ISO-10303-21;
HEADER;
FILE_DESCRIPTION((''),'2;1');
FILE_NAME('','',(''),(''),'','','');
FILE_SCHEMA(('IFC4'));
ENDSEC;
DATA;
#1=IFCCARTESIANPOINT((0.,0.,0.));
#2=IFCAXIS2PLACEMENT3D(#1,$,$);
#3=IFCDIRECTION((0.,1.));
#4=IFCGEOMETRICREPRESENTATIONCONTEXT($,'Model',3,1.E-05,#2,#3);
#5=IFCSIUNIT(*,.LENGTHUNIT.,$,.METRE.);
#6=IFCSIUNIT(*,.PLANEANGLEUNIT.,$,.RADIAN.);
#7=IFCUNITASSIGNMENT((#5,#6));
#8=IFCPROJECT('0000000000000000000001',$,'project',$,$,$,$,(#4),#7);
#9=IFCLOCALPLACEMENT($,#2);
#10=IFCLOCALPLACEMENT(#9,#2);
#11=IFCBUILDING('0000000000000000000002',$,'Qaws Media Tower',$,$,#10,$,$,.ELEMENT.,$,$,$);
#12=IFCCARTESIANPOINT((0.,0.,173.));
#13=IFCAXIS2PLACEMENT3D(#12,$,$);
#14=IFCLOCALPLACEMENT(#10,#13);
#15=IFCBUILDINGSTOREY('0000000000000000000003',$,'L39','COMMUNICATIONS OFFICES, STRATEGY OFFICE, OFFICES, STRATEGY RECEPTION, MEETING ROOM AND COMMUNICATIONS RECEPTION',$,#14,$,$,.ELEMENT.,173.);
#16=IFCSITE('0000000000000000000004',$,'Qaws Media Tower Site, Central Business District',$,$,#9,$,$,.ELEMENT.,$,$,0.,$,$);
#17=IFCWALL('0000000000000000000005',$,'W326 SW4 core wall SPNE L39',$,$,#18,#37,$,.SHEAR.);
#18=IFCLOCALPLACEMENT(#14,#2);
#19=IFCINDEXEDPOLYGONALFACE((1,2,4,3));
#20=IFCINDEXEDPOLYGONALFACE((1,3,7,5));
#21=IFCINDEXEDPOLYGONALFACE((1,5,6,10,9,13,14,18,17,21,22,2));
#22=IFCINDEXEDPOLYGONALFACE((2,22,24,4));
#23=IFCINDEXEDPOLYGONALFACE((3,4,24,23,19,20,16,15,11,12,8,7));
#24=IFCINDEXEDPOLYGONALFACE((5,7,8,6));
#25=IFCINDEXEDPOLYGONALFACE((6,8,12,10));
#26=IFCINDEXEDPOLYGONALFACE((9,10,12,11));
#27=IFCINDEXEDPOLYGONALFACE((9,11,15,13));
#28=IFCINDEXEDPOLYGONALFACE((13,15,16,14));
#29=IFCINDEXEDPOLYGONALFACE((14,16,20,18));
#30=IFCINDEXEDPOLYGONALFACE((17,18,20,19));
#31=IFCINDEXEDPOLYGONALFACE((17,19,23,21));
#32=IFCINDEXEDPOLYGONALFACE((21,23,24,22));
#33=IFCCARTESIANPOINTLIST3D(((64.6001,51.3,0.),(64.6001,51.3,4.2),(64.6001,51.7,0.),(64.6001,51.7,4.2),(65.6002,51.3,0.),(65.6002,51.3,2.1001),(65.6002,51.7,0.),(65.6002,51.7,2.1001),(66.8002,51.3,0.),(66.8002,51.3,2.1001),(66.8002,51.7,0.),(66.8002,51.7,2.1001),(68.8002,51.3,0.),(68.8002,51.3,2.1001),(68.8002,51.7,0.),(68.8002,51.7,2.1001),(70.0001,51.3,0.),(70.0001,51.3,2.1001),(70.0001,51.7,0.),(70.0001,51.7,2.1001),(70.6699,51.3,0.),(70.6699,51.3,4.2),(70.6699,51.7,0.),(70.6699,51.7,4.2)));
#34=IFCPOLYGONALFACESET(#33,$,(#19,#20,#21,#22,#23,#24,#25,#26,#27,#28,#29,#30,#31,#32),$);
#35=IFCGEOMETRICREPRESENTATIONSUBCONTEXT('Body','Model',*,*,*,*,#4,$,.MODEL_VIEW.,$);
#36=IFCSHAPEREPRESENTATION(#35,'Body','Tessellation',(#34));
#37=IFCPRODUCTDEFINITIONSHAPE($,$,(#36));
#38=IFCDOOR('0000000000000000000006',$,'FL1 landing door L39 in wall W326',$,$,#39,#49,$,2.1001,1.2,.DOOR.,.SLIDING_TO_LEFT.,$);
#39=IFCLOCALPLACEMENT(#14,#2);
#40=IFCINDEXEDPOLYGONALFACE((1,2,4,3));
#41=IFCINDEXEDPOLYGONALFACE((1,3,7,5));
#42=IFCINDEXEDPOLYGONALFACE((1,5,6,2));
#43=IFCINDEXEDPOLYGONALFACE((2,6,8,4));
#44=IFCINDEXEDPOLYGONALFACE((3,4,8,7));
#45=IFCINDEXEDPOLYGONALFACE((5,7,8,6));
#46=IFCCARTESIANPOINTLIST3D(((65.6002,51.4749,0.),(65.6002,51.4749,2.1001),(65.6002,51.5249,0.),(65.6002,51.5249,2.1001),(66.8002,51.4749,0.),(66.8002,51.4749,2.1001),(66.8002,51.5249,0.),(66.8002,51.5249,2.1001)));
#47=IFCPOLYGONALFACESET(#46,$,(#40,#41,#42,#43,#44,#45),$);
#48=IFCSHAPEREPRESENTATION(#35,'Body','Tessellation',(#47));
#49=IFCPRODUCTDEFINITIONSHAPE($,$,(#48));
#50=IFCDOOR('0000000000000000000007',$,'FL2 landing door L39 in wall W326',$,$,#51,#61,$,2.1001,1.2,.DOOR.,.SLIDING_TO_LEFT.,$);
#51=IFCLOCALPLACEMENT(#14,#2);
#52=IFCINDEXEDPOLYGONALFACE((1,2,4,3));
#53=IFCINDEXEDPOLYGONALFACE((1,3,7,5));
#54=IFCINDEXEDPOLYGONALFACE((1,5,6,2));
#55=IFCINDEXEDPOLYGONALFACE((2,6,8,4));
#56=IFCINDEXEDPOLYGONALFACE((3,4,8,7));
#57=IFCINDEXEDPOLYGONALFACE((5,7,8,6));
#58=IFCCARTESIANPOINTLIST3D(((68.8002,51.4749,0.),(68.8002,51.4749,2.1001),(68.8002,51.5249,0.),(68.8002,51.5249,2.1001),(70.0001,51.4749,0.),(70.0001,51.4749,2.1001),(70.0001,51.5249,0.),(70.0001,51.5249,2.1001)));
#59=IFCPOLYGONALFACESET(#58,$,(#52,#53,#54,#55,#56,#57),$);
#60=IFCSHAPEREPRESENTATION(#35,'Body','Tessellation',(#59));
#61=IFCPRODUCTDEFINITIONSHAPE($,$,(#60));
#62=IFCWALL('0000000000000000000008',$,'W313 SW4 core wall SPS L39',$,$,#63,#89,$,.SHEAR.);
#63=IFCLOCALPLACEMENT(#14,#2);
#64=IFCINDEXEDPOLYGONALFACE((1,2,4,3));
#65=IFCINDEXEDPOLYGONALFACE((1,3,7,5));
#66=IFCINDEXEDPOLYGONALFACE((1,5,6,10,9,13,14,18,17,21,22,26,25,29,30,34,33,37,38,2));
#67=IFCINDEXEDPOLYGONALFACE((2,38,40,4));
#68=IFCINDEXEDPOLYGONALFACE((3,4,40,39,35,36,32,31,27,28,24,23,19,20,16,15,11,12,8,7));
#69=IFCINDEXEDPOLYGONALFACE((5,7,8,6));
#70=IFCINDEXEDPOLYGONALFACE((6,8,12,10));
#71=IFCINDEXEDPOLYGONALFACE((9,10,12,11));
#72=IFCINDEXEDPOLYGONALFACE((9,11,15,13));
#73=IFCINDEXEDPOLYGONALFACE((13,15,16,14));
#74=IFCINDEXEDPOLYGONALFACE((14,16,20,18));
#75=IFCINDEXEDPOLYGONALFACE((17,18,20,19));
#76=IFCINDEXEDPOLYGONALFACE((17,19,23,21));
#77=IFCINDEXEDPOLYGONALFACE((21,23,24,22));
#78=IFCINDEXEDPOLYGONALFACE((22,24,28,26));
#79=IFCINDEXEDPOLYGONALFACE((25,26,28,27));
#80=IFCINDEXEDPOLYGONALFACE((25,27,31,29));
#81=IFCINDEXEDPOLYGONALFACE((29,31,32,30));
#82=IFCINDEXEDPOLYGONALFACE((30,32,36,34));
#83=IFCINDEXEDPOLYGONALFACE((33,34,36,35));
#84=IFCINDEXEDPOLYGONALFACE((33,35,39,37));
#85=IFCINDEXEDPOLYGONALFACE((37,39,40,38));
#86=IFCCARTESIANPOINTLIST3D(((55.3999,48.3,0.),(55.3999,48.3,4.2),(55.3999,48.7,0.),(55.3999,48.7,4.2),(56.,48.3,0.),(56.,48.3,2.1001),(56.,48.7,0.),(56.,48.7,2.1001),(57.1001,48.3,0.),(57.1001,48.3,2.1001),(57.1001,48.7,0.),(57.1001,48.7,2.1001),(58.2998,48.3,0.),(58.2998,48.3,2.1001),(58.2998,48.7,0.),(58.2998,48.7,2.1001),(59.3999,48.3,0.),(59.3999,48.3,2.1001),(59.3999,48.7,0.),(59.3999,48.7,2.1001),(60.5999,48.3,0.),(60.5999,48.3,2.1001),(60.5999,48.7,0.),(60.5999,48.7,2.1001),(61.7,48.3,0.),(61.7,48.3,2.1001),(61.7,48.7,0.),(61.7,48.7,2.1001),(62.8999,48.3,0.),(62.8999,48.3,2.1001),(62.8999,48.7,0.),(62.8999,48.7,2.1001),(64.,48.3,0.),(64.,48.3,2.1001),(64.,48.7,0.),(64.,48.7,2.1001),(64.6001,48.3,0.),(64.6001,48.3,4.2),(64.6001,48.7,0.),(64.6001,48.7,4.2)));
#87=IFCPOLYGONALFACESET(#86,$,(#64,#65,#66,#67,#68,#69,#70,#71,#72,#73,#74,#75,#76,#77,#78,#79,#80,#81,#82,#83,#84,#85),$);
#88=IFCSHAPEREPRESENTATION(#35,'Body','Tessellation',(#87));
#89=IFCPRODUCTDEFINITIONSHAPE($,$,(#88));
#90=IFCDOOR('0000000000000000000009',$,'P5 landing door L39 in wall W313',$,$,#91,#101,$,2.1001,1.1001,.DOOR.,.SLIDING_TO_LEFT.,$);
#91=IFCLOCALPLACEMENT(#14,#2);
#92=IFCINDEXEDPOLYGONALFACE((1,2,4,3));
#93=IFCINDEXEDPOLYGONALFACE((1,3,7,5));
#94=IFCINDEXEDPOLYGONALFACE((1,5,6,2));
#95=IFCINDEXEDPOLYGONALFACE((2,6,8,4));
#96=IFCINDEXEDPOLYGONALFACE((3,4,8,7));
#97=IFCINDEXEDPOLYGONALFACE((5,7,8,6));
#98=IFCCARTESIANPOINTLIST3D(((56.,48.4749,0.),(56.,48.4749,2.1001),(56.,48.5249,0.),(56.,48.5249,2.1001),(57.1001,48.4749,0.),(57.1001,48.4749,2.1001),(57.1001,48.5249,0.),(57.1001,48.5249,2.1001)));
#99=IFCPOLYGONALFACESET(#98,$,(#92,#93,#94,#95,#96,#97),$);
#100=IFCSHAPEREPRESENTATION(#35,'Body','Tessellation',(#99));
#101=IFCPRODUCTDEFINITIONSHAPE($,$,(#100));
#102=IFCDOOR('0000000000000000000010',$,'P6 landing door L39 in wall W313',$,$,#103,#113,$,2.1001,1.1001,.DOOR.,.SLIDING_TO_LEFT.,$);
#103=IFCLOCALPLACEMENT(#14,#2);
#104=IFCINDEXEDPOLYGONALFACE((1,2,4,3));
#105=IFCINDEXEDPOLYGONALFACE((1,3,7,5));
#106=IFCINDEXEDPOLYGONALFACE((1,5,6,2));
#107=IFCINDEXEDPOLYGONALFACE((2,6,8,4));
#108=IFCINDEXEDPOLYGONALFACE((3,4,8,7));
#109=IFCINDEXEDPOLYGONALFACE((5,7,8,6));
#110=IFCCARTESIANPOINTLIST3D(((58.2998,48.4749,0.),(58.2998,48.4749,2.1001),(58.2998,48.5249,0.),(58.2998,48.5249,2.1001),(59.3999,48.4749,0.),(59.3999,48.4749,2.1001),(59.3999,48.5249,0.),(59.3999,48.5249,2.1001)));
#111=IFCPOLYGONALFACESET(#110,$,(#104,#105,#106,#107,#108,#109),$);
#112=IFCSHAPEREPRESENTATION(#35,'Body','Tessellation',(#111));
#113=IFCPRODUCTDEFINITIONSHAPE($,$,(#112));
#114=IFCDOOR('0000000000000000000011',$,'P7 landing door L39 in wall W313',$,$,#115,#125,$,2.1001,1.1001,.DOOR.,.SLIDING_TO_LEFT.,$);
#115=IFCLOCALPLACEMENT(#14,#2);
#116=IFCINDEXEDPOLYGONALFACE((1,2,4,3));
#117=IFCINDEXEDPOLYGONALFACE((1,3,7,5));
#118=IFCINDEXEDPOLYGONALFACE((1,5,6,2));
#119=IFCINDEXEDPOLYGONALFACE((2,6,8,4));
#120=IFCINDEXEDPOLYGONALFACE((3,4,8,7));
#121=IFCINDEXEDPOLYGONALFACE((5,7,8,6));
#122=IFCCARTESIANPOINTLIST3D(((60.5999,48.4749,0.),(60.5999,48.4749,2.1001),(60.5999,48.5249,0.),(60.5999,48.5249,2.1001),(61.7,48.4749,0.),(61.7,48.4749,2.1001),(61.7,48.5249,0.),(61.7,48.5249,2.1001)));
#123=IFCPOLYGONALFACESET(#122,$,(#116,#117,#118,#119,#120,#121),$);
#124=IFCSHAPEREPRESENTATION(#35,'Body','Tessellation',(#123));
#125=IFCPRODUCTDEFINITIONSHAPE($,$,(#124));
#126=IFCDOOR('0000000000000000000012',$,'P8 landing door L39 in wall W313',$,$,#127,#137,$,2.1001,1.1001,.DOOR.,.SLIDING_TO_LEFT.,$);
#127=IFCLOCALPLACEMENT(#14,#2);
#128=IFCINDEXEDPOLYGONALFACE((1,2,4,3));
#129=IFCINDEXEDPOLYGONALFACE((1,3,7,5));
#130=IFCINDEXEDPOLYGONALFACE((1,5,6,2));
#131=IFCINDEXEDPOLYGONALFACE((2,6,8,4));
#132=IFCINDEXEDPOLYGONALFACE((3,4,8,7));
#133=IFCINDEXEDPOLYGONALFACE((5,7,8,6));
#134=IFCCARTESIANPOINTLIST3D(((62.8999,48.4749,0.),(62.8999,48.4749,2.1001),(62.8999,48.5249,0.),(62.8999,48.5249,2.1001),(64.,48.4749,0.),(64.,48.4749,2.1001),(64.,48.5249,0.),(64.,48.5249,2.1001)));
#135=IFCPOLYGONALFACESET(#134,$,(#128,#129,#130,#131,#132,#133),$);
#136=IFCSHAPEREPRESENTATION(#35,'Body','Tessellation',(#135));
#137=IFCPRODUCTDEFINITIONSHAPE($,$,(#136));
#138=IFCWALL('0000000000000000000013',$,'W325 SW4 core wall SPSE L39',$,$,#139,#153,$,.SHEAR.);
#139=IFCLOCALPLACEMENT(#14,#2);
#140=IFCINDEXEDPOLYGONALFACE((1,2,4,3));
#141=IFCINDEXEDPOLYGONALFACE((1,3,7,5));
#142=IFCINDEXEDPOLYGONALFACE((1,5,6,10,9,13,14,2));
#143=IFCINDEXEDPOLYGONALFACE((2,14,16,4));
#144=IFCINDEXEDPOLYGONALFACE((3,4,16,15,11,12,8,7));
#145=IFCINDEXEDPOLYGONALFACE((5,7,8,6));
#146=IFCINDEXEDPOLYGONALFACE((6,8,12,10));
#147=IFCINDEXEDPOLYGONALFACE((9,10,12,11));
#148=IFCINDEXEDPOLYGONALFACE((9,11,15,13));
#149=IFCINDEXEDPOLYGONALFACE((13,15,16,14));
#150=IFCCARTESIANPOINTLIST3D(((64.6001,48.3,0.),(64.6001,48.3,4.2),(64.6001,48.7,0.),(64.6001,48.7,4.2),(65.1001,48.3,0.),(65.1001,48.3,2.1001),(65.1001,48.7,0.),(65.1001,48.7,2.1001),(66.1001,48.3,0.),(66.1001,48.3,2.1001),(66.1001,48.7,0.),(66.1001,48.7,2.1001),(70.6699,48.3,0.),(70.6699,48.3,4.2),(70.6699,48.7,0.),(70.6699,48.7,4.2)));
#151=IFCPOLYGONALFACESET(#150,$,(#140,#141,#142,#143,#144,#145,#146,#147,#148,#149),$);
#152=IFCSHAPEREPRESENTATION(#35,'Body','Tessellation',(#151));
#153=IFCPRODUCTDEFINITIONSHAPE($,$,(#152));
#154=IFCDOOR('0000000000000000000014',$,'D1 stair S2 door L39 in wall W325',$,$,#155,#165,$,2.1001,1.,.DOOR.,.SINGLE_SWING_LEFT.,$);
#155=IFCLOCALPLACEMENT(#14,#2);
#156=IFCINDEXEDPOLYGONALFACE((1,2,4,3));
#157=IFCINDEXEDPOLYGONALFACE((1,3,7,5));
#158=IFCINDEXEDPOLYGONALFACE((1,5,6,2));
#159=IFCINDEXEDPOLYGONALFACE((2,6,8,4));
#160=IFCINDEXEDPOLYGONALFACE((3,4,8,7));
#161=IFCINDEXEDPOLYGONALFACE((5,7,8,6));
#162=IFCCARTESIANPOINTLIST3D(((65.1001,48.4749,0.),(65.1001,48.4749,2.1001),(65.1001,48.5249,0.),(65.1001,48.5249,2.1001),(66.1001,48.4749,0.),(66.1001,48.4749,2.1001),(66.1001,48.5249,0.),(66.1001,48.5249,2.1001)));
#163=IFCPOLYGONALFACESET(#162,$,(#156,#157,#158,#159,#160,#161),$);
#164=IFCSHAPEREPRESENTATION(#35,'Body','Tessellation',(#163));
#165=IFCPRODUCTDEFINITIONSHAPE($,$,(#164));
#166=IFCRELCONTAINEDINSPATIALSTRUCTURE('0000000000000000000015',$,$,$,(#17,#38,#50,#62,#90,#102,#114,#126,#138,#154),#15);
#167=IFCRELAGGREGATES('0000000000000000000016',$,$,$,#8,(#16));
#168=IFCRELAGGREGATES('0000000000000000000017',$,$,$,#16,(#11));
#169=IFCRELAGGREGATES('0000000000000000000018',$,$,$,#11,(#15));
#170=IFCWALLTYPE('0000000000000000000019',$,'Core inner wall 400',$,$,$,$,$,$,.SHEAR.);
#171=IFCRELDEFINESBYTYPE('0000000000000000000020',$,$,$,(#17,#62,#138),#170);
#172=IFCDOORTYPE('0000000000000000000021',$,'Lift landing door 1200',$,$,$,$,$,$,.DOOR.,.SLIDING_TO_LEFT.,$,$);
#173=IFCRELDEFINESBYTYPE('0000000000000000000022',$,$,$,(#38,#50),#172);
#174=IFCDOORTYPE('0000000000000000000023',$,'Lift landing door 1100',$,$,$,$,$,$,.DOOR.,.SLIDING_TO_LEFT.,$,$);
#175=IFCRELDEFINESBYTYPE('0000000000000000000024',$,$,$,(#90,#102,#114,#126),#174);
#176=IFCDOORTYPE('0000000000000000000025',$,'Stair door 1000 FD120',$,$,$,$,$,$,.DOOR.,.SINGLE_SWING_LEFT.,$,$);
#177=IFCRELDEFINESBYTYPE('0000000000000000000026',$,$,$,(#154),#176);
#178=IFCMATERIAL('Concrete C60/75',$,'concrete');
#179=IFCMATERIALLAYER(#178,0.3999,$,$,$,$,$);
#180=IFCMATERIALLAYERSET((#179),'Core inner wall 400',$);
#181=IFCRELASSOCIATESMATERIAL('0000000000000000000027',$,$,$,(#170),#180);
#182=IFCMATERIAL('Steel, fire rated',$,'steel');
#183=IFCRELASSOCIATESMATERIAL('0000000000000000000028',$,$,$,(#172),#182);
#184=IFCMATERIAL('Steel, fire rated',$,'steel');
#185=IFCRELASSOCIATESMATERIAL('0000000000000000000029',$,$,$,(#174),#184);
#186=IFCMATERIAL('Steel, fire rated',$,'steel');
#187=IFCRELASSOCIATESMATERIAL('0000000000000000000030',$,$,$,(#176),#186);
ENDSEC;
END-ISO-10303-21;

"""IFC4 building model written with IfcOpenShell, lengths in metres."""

from ifc_helpers import new_model, si_unit, direction, frame, frame_2d, origin, place, context, subcontext, project, spatial, rectangle, extrude, material, layer, layer_set, type_object, element, fill, save


model = new_model("IFC4")

# Units and contexts
model_context = context("Model", 3, precision=1e-05, world=origin(), true_north=direction((0.0, 1.0)))
body_context = subcontext(model_context, "Body", "Model", "MODEL_VIEW")
ifc_project = project(units=[si_unit("LENGTHUNIT", "METRE"), si_unit("PLANEANGLEUNIT", "RADIAN")], contexts=[model_context])

# Site, building, storey
site_placement = place(None, origin())
site = spatial("IfcSite", under=ifc_project, at=site_placement, Name="Qaws Media Tower Site, Central Business District", CompositionType="ELEMENT", RefElevation=0.0)
building_placement = place(site_placement, origin())
building = spatial("IfcBuilding", under=site, at=building_placement, Name="Qaws Media Tower", CompositionType="ELEMENT")
storey_placement = place(building_placement, frame((0.0, 0.0, 173.0)))
storey = spatial("IfcBuildingStorey", under=building, at=storey_placement, Name="L39", Description="COMMUNICATIONS OFFICES, STRATEGY OFFICE, OFFICES, STRATEGY RECEPTION, MEETING ROOM AND COMMUNICATIONS RECEPTION", CompositionType="ELEMENT", Elevation=173.0)

# Walls, openings, doors
ifc_material_1 = material(Name="Concrete C60/75", Category="concrete")
ifc_layer_1 = layer(ifc_material_1, 0.3999)
ifc_layer_set_1 = layer_set([ifc_layer_1], Name="Core inner wall 400")
wall_type_1 = type_object("IfcWallType", Name="Core inner wall 400", PredefinedType="SHEAR", material=ifc_layer_set_1)
wall_1_placement = place(storey_placement, frame((64.6001, 51.5, 0.0), z_axis=(0.0, 0.0, 1.0), x_axis=(1.0, 0.0, 0.0)))
wall_1 = element("IfcWall", 1, at=wall_1_placement, inside=storey, type_object=wall_type_1, Name="W326 SW4 core wall SPNE L39", PredefinedType="SHEAR", context=body_context, shape_type="SweptSolid", body=[
    extrude(rectangle(XDim=6.0698, YDim=0.3999, at=frame_2d((3.0349, 0.0))), origin(), (0.0, 0.0, 1.0), 4.2),
])
opening_1_placement = place(wall_1_placement, frame((1.0, 0.0, 0.0)))
opening_1 = element("IfcOpeningElement", 2, at=opening_1_placement, cuts=wall_1, PredefinedType="OPENING", context=body_context, shape_type="SweptSolid", body=[
    extrude(rectangle(XDim=1.2, YDim=2.1001, at=frame_2d((0.6001, 1.05))), frame((0.0, 0.21, 0.0), z_axis=(0.0, -1.0, 0.0), x_axis=(1.0, 0.0, 0.0)), (0.0, 0.0, 1.0), 0.4199),
])
opening_2_placement = place(wall_1_placement, frame((4.2, 0.0, 0.0)))
opening_2 = element("IfcOpeningElement", 3, at=opening_2_placement, cuts=wall_1, PredefinedType="OPENING", context=body_context, shape_type="SweptSolid", body=[
    extrude(rectangle(XDim=1.2, YDim=2.1001, at=frame_2d((0.6001, 1.05))), frame((0.0, 0.21, 0.0), z_axis=(0.0, -1.0, 0.0), x_axis=(1.0, 0.0, 0.0)), (0.0, 0.0, 1.0), 0.4199),
])
ifc_material_2 = material(Name="Steel, fire rated", Category="steel")
door_type_1 = type_object("IfcDoorType", Name="Lift landing door 1200", OperationType="SLIDING_TO_LEFT", PredefinedType="DOOR", material=ifc_material_2)
door_1_placement = place(opening_1_placement, origin())
door_1 = element("IfcDoor", 4, at=door_1_placement, inside=storey, type_object=door_type_1, Name="FL1 landing door L39 in wall W326", OperationType="SLIDING_TO_LEFT", OverallHeight=2.1001, OverallWidth=1.2, PredefinedType="DOOR", context=body_context, shape_type="SweptSolid", body=[
    extrude(rectangle(XDim=1.2, YDim=2.1001, at=frame_2d((0.6001, 1.05))), frame((0.0, 0.0249, 0.0), z_axis=(0.0, -1.0, 0.0), x_axis=(1.0, 0.0, 0.0)), (0.0, 0.0, 1.0), 0.05),
])
fill(opening_1, door_1)
door_2_placement = place(opening_2_placement, origin())
door_2 = element("IfcDoor", 5, at=door_2_placement, inside=storey, type_object=door_type_1, Name="FL2 landing door L39 in wall W326", OperationType="SLIDING_TO_LEFT", OverallHeight=2.1001, OverallWidth=1.2, PredefinedType="DOOR", context=body_context, shape_type="SweptSolid", body=[
    extrude(rectangle(XDim=1.2, YDim=2.1001, at=frame_2d((0.6001, 1.05))), frame((0.0, 0.0249, 0.0), z_axis=(0.0, -1.0, 0.0), x_axis=(1.0, 0.0, 0.0)), (0.0, 0.0, 1.0), 0.05),
])
fill(opening_2, door_2)
wall_2_placement = place(storey_placement, frame((55.3999, 48.5, 0.0), z_axis=(0.0, 0.0, 1.0), x_axis=(1.0, 0.0, 0.0)))
wall_2 = element("IfcWall", 6, at=wall_2_placement, inside=storey, type_object=wall_type_1, Name="W313 SW4 core wall SPS L39", PredefinedType="SHEAR", context=body_context, shape_type="SweptSolid", body=[
    extrude(rectangle(XDim=9.2002, YDim=0.3999, at=frame_2d((4.6001, 0.0))), origin(), (0.0, 0.0, 1.0), 4.2),
])
opening_3_placement = place(wall_2_placement, frame((0.6001, 0.0, 0.0)))
opening_3 = element("IfcOpeningElement", 7, at=opening_3_placement, cuts=wall_2, PredefinedType="OPENING", context=body_context, shape_type="SweptSolid", body=[
    extrude(rectangle(XDim=1.1001, YDim=2.1001, at=frame_2d((0.55, 1.05))), frame((0.0, 0.21, 0.0), z_axis=(0.0, -1.0, 0.0), x_axis=(1.0, 0.0, 0.0)), (0.0, 0.0, 1.0), 0.4199),
])
opening_4_placement = place(wall_2_placement, frame((2.8999, 0.0, 0.0)))
opening_4 = element("IfcOpeningElement", 8, at=opening_4_placement, cuts=wall_2, PredefinedType="OPENING", context=body_context, shape_type="SweptSolid", body=[
    extrude(rectangle(XDim=1.1001, YDim=2.1001, at=frame_2d((0.55, 1.05))), frame((0.0, 0.21, 0.0), z_axis=(0.0, -1.0, 0.0), x_axis=(1.0, 0.0, 0.0)), (0.0, 0.0, 1.0), 0.4199),
])
opening_5_placement = place(wall_2_placement, frame((5.2, 0.0, 0.0)))
opening_5 = element("IfcOpeningElement", 9, at=opening_5_placement, cuts=wall_2, PredefinedType="OPENING", context=body_context, shape_type="SweptSolid", body=[
    extrude(rectangle(XDim=1.1001, YDim=2.1001, at=frame_2d((0.55, 1.05))), frame((0.0, 0.21, 0.0), z_axis=(0.0, -1.0, 0.0), x_axis=(1.0, 0.0, 0.0)), (0.0, 0.0, 1.0), 0.4199),
])
opening_6_placement = place(wall_2_placement, frame((7.5, 0.0, 0.0)))
opening_6 = element("IfcOpeningElement", 10, at=opening_6_placement, cuts=wall_2, PredefinedType="OPENING", context=body_context, shape_type="SweptSolid", body=[
    extrude(rectangle(XDim=1.1001, YDim=2.1001, at=frame_2d((0.55, 1.05))), frame((0.0, 0.21, 0.0), z_axis=(0.0, -1.0, 0.0), x_axis=(1.0, 0.0, 0.0)), (0.0, 0.0, 1.0), 0.4199),
])
ifc_material_3 = material(Name="Steel, fire rated", Category="steel")
door_type_2 = type_object("IfcDoorType", Name="Lift landing door 1100", OperationType="SLIDING_TO_LEFT", PredefinedType="DOOR", material=ifc_material_3)
door_3_placement = place(opening_3_placement, origin())
door_3 = element("IfcDoor", 11, at=door_3_placement, inside=storey, type_object=door_type_2, Name="P5 landing door L39 in wall W313", OperationType="SLIDING_TO_LEFT", OverallHeight=2.1001, OverallWidth=1.1001, PredefinedType="DOOR", context=body_context, shape_type="SweptSolid", body=[
    extrude(rectangle(XDim=1.1001, YDim=2.1001, at=frame_2d((0.55, 1.05))), frame((0.0, 0.0249, 0.0), z_axis=(0.0, -1.0, 0.0), x_axis=(1.0, 0.0, 0.0)), (0.0, 0.0, 1.0), 0.05),
])
fill(opening_3, door_3)
door_4_placement = place(opening_4_placement, origin())
door_4 = element("IfcDoor", 12, at=door_4_placement, inside=storey, type_object=door_type_2, Name="P6 landing door L39 in wall W313", OperationType="SLIDING_TO_LEFT", OverallHeight=2.1001, OverallWidth=1.1001, PredefinedType="DOOR", context=body_context, shape_type="SweptSolid", body=[
    extrude(rectangle(XDim=1.1001, YDim=2.1001, at=frame_2d((0.55, 1.05))), frame((0.0, 0.0249, 0.0), z_axis=(0.0, -1.0, 0.0), x_axis=(1.0, 0.0, 0.0)), (0.0, 0.0, 1.0), 0.05),
])
fill(opening_4, door_4)
door_5_placement = place(opening_5_placement, origin())
door_5 = element("IfcDoor", 13, at=door_5_placement, inside=storey, type_object=door_type_2, Name="P7 landing door L39 in wall W313", OperationType="SLIDING_TO_LEFT", OverallHeight=2.1001, OverallWidth=1.1001, PredefinedType="DOOR", context=body_context, shape_type="SweptSolid", body=[
    extrude(rectangle(XDim=1.1001, YDim=2.1001, at=frame_2d((0.55, 1.05))), frame((0.0, 0.0249, 0.0), z_axis=(0.0, -1.0, 0.0), x_axis=(1.0, 0.0, 0.0)), (0.0, 0.0, 1.0), 0.05),
])
fill(opening_5, door_5)
door_6_placement = place(opening_6_placement, origin())
door_6 = element("IfcDoor", 14, at=door_6_placement, inside=storey, type_object=door_type_2, Name="P8 landing door L39 in wall W313", OperationType="SLIDING_TO_LEFT", OverallHeight=2.1001, OverallWidth=1.1001, PredefinedType="DOOR", context=body_context, shape_type="SweptSolid", body=[
    extrude(rectangle(XDim=1.1001, YDim=2.1001, at=frame_2d((0.55, 1.05))), frame((0.0, 0.0249, 0.0), z_axis=(0.0, -1.0, 0.0), x_axis=(1.0, 0.0, 0.0)), (0.0, 0.0, 1.0), 0.05),
])
fill(opening_6, door_6)

# Wall, opening, door
wall_3_placement = place(storey_placement, frame((64.6001, 48.5, 0.0), z_axis=(0.0, 0.0, 1.0), x_axis=(1.0, 0.0, 0.0)))
wall_3 = element("IfcWall", 15, at=wall_3_placement, inside=storey, type_object=wall_type_1, Name="W325 SW4 core wall SPSE L39", PredefinedType="SHEAR", context=body_context, shape_type="SweptSolid", body=[
    extrude(rectangle(XDim=6.0698, YDim=0.3999, at=frame_2d((3.0349, 0.0))), origin(), (0.0, 0.0, 1.0), 4.2),
])
opening_7_placement = place(wall_3_placement, frame((0.5, 0.0, 0.0)))
opening_7 = element("IfcOpeningElement", 16, at=opening_7_placement, cuts=wall_3, PredefinedType="OPENING", context=body_context, shape_type="SweptSolid", body=[
    extrude(rectangle(XDim=1.0, YDim=2.1001, at=frame_2d((0.5, 1.05))), frame((0.0, 0.21, 0.0), z_axis=(0.0, -1.0, 0.0), x_axis=(1.0, 0.0, 0.0)), (0.0, 0.0, 1.0), 0.4199),
])
ifc_material_4 = material(Name="Steel, fire rated", Category="steel")
door_type_3 = type_object("IfcDoorType", Name="Stair door 1000 FD120", OperationType="SINGLE_SWING_LEFT", PredefinedType="DOOR", material=ifc_material_4)
door_7_placement = place(opening_7_placement, origin())
door_7 = element("IfcDoor", 17, at=door_7_placement, inside=storey, type_object=door_type_3, Name="D1 stair S2 door L39 in wall W325", OperationType="SINGLE_SWING_LEFT", OverallHeight=2.1001, OverallWidth=1.0, PredefinedType="DOOR", context=body_context, shape_type="SweptSolid", body=[
    extrude(rectangle(XDim=1.0, YDim=2.1001, at=frame_2d((0.5, 1.05))), frame((0.0, 0.0249, 0.0), z_axis=(0.0, -1.0, 0.0), x_axis=(1.0, 0.0, 0.0)), (0.0, 0.0, 1.0), 0.05),
])
fill(opening_7, door_7)

save(model, "model.ifc")
